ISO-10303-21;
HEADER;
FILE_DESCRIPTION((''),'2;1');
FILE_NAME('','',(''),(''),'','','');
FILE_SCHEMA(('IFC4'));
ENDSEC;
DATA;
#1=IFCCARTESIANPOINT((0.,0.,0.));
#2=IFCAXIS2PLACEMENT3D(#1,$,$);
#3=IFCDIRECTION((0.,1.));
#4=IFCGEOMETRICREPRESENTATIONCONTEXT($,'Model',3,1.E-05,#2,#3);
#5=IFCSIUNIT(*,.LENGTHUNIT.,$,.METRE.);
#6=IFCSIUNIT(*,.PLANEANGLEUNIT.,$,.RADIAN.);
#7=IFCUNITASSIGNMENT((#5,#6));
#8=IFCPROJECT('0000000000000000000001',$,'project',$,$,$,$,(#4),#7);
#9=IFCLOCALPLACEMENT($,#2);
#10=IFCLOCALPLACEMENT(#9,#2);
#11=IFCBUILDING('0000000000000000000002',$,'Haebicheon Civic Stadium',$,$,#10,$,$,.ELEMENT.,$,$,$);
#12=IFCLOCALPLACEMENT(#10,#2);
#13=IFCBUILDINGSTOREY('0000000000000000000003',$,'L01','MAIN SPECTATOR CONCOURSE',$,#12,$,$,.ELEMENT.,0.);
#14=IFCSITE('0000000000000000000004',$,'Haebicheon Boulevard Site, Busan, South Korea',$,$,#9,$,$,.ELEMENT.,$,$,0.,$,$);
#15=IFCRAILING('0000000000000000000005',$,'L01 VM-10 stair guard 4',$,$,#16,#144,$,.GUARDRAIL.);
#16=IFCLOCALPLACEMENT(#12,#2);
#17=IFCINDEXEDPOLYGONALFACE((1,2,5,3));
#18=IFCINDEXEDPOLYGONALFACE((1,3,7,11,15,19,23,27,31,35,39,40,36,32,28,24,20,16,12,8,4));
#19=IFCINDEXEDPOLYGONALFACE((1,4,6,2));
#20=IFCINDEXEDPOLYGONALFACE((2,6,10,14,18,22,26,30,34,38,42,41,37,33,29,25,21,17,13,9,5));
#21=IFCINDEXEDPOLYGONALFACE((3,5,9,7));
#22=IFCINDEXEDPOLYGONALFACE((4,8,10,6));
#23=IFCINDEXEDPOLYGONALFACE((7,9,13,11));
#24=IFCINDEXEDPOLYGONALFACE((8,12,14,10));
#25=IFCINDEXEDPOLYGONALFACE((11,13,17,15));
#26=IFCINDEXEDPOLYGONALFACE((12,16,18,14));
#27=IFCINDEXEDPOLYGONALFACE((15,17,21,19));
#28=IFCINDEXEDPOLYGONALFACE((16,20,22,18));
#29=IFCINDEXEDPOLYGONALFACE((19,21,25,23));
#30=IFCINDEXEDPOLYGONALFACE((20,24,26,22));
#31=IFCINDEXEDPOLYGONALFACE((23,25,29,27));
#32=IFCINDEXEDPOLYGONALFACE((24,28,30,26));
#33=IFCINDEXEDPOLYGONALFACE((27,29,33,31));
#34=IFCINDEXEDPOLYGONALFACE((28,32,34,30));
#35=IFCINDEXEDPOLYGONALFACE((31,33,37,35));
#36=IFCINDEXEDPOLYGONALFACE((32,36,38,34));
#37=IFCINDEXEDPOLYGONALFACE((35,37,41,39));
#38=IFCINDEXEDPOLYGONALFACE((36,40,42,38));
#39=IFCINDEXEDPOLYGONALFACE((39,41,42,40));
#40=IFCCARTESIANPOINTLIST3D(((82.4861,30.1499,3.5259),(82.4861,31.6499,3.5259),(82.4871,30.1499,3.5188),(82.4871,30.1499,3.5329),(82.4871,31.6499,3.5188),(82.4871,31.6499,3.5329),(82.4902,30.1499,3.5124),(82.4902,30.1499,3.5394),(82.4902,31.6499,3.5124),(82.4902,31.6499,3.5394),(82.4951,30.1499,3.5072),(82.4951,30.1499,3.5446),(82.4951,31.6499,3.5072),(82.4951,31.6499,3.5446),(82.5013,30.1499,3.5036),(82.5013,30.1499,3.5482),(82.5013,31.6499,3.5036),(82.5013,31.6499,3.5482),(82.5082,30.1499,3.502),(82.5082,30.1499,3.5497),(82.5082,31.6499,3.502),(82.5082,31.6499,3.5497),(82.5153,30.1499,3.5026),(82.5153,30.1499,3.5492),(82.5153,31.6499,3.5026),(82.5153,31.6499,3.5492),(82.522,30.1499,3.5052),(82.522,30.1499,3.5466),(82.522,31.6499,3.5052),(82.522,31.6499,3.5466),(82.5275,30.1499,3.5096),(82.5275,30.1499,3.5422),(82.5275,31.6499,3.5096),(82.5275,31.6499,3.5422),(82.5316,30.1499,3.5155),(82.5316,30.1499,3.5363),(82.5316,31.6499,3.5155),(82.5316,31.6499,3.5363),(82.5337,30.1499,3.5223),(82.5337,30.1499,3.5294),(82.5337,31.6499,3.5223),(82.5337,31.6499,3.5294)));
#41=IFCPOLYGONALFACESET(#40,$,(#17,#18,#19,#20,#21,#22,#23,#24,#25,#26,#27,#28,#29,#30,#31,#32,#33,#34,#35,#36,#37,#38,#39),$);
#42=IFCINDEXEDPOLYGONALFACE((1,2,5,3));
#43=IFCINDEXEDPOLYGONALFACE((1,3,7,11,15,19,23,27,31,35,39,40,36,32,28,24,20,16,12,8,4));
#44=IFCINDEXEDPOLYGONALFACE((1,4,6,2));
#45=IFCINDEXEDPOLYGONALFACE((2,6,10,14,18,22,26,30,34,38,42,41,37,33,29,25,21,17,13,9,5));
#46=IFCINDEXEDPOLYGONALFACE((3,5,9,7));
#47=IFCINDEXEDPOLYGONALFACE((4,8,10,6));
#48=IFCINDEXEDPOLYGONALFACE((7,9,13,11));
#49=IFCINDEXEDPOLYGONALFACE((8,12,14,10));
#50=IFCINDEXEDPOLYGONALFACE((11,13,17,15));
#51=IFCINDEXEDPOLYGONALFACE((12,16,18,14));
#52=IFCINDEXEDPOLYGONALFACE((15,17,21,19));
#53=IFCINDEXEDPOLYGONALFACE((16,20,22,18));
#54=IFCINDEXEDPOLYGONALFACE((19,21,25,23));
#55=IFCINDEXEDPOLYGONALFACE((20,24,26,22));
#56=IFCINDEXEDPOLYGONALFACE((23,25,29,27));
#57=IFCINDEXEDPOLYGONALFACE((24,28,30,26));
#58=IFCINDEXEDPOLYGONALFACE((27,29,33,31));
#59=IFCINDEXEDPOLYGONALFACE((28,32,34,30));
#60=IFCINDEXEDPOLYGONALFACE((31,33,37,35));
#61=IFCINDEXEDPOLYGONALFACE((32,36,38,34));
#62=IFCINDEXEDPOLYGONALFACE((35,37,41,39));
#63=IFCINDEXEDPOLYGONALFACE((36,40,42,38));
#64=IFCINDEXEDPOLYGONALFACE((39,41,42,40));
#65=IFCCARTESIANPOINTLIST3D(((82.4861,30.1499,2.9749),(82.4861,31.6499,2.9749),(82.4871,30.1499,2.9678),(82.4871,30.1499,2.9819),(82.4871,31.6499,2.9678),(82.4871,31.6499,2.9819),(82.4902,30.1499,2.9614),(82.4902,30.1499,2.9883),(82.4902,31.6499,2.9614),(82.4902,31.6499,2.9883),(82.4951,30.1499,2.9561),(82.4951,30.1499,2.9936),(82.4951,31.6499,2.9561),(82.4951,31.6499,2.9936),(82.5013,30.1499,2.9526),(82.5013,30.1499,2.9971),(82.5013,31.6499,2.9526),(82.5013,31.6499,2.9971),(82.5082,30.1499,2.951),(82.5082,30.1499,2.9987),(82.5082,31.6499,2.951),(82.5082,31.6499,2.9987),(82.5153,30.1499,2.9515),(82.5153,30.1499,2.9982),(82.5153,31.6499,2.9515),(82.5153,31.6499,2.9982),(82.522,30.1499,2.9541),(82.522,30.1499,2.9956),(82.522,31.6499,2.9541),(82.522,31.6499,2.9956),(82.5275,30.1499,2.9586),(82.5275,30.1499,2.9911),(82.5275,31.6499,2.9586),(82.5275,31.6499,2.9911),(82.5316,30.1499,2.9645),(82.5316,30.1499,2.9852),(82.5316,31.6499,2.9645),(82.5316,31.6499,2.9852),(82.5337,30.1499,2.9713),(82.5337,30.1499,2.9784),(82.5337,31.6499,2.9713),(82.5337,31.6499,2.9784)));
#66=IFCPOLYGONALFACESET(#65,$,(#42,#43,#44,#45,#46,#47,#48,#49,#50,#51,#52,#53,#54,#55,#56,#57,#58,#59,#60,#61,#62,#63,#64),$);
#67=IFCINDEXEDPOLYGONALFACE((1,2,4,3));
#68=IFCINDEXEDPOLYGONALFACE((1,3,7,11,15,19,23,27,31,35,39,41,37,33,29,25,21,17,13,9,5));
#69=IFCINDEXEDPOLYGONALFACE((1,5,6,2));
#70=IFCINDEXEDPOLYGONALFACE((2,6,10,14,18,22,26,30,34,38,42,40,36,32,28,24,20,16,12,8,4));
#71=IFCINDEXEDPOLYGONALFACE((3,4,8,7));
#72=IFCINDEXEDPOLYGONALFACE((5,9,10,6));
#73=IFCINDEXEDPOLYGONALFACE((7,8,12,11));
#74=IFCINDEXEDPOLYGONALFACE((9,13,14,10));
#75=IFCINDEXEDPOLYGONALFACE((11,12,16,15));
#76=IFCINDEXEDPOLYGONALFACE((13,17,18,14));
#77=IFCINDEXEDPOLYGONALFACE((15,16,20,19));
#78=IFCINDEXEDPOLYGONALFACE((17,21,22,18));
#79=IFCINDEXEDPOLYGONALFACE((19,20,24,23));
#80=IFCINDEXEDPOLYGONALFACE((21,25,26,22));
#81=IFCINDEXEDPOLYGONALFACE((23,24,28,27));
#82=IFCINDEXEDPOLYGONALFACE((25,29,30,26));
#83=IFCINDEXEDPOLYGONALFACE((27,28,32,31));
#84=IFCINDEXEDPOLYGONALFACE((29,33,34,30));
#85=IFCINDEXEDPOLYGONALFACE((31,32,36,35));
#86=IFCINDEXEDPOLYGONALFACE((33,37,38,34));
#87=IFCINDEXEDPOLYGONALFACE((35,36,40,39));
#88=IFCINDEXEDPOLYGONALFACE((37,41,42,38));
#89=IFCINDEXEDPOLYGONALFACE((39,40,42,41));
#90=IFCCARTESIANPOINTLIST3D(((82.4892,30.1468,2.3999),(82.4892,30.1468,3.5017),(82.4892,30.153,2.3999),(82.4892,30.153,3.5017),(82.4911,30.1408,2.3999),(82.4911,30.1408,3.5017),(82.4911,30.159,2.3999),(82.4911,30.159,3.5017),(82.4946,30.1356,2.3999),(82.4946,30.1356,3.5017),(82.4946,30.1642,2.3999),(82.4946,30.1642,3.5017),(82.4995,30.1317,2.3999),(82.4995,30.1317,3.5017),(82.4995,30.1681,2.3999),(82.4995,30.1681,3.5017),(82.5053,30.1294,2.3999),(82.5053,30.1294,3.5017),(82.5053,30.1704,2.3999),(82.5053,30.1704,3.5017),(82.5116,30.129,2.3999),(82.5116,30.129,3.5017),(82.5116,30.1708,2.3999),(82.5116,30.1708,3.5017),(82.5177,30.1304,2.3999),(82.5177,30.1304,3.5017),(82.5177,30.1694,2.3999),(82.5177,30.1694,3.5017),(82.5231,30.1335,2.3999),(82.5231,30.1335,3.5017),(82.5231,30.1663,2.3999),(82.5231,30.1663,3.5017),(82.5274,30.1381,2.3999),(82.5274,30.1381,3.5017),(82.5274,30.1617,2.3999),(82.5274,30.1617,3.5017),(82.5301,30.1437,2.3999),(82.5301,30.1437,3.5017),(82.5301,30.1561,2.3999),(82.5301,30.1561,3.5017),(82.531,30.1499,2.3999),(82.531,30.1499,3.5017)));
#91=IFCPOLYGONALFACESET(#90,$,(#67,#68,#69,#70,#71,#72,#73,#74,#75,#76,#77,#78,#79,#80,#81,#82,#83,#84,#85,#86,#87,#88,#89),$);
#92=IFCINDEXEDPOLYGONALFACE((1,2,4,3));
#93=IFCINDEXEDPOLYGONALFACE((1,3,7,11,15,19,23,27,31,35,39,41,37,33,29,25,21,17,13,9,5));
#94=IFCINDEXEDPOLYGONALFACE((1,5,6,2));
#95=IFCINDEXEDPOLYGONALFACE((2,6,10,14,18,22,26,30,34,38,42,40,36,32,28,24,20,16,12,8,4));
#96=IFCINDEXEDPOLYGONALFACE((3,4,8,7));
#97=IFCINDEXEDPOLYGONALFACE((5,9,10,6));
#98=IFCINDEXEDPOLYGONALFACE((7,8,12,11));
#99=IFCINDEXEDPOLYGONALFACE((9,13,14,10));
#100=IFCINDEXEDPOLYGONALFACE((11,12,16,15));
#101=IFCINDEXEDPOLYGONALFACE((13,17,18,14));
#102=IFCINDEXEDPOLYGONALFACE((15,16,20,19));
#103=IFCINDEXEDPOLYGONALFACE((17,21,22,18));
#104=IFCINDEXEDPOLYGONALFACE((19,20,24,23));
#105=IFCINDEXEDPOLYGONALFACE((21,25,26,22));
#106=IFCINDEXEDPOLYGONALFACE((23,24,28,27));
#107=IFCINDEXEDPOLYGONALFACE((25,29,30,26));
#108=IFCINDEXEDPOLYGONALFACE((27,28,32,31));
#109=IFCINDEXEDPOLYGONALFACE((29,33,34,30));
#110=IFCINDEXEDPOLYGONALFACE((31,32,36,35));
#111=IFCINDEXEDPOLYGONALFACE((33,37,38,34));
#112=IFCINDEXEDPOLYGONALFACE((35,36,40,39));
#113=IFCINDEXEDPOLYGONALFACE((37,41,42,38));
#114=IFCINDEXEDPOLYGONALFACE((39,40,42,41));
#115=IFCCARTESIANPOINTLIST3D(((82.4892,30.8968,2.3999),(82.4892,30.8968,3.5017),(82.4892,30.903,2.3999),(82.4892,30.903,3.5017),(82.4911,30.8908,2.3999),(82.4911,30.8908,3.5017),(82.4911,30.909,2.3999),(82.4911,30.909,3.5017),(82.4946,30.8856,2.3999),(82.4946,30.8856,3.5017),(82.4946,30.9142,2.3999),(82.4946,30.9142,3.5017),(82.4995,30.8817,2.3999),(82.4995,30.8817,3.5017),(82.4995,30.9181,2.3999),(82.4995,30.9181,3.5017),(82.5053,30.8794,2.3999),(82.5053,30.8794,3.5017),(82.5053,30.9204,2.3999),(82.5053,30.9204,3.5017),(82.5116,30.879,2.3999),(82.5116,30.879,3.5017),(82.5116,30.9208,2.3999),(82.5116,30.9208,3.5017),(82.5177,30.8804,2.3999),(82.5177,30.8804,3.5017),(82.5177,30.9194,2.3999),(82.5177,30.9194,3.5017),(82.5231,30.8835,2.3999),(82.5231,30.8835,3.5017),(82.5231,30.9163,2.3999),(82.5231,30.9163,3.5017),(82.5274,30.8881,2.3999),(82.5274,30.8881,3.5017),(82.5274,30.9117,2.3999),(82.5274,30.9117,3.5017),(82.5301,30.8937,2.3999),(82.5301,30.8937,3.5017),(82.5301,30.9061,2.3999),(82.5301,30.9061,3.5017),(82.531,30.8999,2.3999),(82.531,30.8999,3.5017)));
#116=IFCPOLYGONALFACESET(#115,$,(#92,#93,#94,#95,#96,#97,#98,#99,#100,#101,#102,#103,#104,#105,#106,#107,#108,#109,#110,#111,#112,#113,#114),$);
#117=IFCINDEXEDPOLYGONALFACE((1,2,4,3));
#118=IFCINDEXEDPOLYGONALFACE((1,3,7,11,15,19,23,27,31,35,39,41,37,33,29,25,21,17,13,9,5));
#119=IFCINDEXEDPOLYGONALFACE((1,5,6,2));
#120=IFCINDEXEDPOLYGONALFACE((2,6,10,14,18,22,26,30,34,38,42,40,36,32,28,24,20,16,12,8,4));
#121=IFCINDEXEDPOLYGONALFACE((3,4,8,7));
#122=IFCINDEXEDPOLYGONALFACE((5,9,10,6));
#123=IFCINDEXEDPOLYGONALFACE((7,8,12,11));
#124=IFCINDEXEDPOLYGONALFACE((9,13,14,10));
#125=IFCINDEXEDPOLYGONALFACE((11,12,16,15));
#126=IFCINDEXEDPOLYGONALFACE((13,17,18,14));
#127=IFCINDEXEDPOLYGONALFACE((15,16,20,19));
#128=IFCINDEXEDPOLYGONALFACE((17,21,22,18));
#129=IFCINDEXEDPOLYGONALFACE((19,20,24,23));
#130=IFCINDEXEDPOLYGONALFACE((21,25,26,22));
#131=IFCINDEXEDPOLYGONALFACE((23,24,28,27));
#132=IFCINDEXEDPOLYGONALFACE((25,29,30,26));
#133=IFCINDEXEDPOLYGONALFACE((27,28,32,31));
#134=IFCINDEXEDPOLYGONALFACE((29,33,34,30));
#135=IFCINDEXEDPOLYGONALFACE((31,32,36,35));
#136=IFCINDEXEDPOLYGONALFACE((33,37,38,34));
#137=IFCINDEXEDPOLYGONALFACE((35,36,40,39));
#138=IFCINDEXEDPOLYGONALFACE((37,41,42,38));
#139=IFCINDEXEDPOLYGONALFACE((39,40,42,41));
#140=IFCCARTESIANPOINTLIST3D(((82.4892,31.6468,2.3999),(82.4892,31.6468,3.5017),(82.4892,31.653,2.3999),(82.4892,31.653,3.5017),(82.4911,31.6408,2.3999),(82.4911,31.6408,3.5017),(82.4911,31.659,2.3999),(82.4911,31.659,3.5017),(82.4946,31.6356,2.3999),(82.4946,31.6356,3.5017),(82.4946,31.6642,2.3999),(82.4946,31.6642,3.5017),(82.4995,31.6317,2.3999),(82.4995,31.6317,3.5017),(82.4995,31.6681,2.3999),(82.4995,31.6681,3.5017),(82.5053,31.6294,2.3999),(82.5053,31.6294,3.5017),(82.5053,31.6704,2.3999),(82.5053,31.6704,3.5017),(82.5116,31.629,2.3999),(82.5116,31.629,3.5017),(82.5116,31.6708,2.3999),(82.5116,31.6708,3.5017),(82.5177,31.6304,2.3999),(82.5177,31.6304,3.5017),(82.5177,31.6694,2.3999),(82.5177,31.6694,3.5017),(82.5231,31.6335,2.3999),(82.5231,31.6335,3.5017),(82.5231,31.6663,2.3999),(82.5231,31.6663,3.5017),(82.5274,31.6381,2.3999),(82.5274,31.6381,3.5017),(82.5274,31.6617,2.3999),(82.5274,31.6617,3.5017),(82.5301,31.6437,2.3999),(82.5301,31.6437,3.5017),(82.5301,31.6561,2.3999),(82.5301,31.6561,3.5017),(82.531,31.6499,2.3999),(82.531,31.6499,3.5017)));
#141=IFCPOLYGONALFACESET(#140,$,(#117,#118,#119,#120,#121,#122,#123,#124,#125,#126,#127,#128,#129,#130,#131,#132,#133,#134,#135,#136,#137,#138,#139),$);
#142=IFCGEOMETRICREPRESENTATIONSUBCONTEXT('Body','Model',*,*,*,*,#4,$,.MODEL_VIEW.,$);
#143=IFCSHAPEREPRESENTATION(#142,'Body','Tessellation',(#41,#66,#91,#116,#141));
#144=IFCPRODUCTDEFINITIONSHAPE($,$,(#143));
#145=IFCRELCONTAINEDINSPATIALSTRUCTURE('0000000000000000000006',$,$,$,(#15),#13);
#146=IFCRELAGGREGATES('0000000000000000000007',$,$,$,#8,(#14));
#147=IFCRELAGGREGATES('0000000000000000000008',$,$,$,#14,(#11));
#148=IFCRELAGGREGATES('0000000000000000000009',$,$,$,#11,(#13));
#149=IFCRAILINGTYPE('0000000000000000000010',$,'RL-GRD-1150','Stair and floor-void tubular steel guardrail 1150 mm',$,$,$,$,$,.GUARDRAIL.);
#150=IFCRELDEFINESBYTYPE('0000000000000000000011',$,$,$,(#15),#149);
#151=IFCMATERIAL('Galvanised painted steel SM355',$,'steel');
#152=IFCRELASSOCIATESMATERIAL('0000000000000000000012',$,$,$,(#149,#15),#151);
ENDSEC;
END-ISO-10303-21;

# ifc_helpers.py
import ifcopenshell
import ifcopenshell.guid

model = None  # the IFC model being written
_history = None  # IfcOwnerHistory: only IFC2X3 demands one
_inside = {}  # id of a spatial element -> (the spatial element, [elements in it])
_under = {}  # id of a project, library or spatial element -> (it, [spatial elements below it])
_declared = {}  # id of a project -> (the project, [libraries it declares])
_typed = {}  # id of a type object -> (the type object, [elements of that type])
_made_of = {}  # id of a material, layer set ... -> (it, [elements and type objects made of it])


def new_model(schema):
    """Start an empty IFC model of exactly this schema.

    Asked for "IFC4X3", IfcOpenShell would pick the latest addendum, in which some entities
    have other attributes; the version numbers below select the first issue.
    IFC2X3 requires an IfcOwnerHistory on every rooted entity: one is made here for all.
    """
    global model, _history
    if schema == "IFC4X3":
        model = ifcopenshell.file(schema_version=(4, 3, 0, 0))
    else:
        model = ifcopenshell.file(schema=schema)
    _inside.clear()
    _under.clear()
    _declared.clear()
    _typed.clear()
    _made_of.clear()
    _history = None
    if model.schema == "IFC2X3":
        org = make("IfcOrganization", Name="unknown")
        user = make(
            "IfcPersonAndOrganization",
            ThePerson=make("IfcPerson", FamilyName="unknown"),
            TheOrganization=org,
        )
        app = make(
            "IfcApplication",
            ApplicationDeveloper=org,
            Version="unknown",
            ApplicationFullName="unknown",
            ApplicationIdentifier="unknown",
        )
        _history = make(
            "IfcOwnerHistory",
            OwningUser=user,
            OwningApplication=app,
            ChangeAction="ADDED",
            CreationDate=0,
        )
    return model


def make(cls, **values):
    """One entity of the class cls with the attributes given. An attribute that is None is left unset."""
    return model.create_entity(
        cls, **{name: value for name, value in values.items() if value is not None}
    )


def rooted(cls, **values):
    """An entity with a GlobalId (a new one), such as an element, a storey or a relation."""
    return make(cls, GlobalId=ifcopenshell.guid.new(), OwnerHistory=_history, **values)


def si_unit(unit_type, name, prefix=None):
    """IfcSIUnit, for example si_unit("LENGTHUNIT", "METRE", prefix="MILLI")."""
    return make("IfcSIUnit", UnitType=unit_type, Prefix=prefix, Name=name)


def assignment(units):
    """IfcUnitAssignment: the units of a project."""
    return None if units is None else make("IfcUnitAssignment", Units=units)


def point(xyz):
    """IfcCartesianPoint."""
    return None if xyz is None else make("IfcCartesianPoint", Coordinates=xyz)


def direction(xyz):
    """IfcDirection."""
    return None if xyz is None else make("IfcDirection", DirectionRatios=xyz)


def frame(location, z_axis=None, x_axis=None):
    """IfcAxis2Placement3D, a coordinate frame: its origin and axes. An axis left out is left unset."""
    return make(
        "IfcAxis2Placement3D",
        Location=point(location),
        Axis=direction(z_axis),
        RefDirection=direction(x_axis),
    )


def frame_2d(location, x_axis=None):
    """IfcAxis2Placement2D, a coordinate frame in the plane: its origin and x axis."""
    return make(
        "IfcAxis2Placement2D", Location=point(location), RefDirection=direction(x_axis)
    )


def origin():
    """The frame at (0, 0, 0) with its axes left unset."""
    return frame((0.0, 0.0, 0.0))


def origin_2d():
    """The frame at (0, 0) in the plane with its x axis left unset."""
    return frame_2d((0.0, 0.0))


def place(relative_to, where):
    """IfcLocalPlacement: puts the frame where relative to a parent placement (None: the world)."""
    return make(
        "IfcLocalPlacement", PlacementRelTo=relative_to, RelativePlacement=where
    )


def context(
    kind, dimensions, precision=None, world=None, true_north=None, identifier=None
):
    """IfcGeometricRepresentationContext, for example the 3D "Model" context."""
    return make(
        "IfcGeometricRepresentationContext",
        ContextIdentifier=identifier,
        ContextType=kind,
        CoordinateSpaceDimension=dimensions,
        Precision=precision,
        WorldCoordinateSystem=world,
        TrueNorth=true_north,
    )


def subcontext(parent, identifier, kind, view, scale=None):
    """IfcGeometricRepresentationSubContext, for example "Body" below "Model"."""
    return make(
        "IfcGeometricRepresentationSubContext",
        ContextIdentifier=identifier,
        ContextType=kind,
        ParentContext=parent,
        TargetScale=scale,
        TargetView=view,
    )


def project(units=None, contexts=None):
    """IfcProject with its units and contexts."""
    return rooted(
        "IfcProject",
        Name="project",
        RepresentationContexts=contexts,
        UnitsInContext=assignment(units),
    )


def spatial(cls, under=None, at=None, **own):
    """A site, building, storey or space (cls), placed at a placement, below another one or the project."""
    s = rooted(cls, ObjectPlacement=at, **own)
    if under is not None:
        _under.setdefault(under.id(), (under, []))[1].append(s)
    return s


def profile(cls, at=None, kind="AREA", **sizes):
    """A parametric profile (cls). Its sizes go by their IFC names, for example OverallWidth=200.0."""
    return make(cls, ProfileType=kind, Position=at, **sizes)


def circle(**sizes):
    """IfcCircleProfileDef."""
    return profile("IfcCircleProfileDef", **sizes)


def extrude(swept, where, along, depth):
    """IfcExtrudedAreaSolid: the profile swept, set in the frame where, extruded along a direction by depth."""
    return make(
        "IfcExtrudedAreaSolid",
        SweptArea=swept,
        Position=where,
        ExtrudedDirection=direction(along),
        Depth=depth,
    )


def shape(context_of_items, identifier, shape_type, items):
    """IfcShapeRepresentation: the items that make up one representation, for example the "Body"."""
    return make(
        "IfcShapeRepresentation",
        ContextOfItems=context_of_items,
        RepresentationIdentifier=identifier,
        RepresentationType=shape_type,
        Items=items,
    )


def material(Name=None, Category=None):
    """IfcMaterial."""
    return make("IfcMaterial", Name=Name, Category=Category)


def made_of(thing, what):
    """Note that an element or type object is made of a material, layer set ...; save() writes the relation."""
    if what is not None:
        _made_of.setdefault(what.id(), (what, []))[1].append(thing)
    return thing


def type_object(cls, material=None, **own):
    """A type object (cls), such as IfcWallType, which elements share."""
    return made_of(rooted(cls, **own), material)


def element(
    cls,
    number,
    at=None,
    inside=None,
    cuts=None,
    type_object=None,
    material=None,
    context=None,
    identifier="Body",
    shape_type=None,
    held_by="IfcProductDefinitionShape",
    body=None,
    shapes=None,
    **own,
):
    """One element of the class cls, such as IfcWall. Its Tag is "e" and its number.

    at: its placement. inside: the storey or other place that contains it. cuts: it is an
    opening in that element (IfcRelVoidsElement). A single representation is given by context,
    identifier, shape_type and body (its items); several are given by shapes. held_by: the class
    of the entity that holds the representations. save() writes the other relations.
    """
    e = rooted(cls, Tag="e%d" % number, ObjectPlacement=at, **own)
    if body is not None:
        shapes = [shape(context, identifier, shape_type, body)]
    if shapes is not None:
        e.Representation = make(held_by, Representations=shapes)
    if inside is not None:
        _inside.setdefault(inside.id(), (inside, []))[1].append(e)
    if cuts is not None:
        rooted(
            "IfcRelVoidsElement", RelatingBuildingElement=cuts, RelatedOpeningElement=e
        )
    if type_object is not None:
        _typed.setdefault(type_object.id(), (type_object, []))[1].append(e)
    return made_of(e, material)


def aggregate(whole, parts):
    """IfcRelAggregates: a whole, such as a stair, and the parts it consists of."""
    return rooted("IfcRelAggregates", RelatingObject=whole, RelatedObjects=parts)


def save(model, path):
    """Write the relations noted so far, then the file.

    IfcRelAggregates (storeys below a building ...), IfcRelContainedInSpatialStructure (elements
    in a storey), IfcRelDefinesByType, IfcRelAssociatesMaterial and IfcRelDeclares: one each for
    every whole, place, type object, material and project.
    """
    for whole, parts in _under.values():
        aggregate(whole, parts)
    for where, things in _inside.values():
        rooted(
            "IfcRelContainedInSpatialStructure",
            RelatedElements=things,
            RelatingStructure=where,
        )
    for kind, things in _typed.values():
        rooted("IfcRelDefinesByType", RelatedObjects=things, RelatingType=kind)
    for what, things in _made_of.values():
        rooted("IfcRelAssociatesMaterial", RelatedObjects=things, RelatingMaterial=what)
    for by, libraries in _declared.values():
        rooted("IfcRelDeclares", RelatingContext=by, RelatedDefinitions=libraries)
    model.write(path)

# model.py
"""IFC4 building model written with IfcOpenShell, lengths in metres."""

from ifc_helpers import new_model, si_unit, direction, frame, origin, origin_2d, place, context, subcontext, project, spatial, circle, extrude, material, type_object, element, save


model = new_model("IFC4")

# Units and contexts
model_context = context("Model", 3, precision=1e-05, world=origin(), true_north=direction((0.0, 1.0)))
body_context = subcontext(model_context, "Body", "Model", "MODEL_VIEW")
ifc_project = project(units=[si_unit("LENGTHUNIT", "METRE"), si_unit("PLANEANGLEUNIT", "RADIAN")], contexts=[model_context])

# Site, building, storey
site_placement = place(None, origin())
site = spatial("IfcSite", under=ifc_project, at=site_placement, Name="Haebicheon Boulevard Site, Busan, South Korea", CompositionType="ELEMENT", RefElevation=0.0)
building_placement = place(site_placement, origin())
building = spatial("IfcBuilding", under=site, at=building_placement, Name="Haebicheon Civic Stadium", CompositionType="ELEMENT")
storey_placement = place(building_placement, origin())
storey = spatial("IfcBuildingStorey", under=building, at=storey_placement, Name="L01", Description="MAIN SPECTATOR CONCOURSE", CompositionType="ELEMENT", Elevation=0.0)

# Railing
ifc_material_1 = material(Name="Galvanised painted steel SM355", Category="steel")
railing_type_1 = type_object("IfcRailingType", Name="RL-GRD-1150", Description="Stair and floor-void tubular steel guardrail 1150 mm", PredefinedType="GUARDRAIL", material=ifc_material_1)
for number, where, name in (
    (1, (82.51, 30.1499, 2.3999), "L01 VM-10 stair guard 4"),
):
    element("IfcRailing", number, at=place(storey_placement, frame(where)), inside=storey, type_object=railing_type_1, material=ifc_material_1, Name=name, PredefinedType="GUARDRAIL", context=body_context, shape_type="SweptSolid", body=[
        extrude(circle(Radius=0.0239, at=origin_2d()), frame((0.0, 0.0, 1.126), z_axis=(0.0, 1.0, 0.0), x_axis=(-1.0, 0.0, 0.0)), (0.0, 0.0, 1.0), 1.5),
        extrude(circle(Radius=0.0239, at=origin_2d()), frame((0.0, 0.0, 0.575), z_axis=(0.0, 1.0, 0.0), x_axis=(-1.0, 0.0, 0.0)), (0.0, 0.0, 1.0), 1.5),
        extrude(circle(Radius=0.021, at=origin_2d()), origin(), (0.0, 0.0, 1.0), 1.1018),
        extrude(circle(Radius=0.021, at=origin_2d()), frame((0.0, 0.75, 0.0)), (0.0, 0.0, 1.0), 1.1018),
        extrude(circle(Radius=0.021, at=origin_2d()), frame((0.0, 1.5, 0.0)), (0.0, 0.0, 1.0), 1.1018),
    ])

save(model, "model.ifc")
